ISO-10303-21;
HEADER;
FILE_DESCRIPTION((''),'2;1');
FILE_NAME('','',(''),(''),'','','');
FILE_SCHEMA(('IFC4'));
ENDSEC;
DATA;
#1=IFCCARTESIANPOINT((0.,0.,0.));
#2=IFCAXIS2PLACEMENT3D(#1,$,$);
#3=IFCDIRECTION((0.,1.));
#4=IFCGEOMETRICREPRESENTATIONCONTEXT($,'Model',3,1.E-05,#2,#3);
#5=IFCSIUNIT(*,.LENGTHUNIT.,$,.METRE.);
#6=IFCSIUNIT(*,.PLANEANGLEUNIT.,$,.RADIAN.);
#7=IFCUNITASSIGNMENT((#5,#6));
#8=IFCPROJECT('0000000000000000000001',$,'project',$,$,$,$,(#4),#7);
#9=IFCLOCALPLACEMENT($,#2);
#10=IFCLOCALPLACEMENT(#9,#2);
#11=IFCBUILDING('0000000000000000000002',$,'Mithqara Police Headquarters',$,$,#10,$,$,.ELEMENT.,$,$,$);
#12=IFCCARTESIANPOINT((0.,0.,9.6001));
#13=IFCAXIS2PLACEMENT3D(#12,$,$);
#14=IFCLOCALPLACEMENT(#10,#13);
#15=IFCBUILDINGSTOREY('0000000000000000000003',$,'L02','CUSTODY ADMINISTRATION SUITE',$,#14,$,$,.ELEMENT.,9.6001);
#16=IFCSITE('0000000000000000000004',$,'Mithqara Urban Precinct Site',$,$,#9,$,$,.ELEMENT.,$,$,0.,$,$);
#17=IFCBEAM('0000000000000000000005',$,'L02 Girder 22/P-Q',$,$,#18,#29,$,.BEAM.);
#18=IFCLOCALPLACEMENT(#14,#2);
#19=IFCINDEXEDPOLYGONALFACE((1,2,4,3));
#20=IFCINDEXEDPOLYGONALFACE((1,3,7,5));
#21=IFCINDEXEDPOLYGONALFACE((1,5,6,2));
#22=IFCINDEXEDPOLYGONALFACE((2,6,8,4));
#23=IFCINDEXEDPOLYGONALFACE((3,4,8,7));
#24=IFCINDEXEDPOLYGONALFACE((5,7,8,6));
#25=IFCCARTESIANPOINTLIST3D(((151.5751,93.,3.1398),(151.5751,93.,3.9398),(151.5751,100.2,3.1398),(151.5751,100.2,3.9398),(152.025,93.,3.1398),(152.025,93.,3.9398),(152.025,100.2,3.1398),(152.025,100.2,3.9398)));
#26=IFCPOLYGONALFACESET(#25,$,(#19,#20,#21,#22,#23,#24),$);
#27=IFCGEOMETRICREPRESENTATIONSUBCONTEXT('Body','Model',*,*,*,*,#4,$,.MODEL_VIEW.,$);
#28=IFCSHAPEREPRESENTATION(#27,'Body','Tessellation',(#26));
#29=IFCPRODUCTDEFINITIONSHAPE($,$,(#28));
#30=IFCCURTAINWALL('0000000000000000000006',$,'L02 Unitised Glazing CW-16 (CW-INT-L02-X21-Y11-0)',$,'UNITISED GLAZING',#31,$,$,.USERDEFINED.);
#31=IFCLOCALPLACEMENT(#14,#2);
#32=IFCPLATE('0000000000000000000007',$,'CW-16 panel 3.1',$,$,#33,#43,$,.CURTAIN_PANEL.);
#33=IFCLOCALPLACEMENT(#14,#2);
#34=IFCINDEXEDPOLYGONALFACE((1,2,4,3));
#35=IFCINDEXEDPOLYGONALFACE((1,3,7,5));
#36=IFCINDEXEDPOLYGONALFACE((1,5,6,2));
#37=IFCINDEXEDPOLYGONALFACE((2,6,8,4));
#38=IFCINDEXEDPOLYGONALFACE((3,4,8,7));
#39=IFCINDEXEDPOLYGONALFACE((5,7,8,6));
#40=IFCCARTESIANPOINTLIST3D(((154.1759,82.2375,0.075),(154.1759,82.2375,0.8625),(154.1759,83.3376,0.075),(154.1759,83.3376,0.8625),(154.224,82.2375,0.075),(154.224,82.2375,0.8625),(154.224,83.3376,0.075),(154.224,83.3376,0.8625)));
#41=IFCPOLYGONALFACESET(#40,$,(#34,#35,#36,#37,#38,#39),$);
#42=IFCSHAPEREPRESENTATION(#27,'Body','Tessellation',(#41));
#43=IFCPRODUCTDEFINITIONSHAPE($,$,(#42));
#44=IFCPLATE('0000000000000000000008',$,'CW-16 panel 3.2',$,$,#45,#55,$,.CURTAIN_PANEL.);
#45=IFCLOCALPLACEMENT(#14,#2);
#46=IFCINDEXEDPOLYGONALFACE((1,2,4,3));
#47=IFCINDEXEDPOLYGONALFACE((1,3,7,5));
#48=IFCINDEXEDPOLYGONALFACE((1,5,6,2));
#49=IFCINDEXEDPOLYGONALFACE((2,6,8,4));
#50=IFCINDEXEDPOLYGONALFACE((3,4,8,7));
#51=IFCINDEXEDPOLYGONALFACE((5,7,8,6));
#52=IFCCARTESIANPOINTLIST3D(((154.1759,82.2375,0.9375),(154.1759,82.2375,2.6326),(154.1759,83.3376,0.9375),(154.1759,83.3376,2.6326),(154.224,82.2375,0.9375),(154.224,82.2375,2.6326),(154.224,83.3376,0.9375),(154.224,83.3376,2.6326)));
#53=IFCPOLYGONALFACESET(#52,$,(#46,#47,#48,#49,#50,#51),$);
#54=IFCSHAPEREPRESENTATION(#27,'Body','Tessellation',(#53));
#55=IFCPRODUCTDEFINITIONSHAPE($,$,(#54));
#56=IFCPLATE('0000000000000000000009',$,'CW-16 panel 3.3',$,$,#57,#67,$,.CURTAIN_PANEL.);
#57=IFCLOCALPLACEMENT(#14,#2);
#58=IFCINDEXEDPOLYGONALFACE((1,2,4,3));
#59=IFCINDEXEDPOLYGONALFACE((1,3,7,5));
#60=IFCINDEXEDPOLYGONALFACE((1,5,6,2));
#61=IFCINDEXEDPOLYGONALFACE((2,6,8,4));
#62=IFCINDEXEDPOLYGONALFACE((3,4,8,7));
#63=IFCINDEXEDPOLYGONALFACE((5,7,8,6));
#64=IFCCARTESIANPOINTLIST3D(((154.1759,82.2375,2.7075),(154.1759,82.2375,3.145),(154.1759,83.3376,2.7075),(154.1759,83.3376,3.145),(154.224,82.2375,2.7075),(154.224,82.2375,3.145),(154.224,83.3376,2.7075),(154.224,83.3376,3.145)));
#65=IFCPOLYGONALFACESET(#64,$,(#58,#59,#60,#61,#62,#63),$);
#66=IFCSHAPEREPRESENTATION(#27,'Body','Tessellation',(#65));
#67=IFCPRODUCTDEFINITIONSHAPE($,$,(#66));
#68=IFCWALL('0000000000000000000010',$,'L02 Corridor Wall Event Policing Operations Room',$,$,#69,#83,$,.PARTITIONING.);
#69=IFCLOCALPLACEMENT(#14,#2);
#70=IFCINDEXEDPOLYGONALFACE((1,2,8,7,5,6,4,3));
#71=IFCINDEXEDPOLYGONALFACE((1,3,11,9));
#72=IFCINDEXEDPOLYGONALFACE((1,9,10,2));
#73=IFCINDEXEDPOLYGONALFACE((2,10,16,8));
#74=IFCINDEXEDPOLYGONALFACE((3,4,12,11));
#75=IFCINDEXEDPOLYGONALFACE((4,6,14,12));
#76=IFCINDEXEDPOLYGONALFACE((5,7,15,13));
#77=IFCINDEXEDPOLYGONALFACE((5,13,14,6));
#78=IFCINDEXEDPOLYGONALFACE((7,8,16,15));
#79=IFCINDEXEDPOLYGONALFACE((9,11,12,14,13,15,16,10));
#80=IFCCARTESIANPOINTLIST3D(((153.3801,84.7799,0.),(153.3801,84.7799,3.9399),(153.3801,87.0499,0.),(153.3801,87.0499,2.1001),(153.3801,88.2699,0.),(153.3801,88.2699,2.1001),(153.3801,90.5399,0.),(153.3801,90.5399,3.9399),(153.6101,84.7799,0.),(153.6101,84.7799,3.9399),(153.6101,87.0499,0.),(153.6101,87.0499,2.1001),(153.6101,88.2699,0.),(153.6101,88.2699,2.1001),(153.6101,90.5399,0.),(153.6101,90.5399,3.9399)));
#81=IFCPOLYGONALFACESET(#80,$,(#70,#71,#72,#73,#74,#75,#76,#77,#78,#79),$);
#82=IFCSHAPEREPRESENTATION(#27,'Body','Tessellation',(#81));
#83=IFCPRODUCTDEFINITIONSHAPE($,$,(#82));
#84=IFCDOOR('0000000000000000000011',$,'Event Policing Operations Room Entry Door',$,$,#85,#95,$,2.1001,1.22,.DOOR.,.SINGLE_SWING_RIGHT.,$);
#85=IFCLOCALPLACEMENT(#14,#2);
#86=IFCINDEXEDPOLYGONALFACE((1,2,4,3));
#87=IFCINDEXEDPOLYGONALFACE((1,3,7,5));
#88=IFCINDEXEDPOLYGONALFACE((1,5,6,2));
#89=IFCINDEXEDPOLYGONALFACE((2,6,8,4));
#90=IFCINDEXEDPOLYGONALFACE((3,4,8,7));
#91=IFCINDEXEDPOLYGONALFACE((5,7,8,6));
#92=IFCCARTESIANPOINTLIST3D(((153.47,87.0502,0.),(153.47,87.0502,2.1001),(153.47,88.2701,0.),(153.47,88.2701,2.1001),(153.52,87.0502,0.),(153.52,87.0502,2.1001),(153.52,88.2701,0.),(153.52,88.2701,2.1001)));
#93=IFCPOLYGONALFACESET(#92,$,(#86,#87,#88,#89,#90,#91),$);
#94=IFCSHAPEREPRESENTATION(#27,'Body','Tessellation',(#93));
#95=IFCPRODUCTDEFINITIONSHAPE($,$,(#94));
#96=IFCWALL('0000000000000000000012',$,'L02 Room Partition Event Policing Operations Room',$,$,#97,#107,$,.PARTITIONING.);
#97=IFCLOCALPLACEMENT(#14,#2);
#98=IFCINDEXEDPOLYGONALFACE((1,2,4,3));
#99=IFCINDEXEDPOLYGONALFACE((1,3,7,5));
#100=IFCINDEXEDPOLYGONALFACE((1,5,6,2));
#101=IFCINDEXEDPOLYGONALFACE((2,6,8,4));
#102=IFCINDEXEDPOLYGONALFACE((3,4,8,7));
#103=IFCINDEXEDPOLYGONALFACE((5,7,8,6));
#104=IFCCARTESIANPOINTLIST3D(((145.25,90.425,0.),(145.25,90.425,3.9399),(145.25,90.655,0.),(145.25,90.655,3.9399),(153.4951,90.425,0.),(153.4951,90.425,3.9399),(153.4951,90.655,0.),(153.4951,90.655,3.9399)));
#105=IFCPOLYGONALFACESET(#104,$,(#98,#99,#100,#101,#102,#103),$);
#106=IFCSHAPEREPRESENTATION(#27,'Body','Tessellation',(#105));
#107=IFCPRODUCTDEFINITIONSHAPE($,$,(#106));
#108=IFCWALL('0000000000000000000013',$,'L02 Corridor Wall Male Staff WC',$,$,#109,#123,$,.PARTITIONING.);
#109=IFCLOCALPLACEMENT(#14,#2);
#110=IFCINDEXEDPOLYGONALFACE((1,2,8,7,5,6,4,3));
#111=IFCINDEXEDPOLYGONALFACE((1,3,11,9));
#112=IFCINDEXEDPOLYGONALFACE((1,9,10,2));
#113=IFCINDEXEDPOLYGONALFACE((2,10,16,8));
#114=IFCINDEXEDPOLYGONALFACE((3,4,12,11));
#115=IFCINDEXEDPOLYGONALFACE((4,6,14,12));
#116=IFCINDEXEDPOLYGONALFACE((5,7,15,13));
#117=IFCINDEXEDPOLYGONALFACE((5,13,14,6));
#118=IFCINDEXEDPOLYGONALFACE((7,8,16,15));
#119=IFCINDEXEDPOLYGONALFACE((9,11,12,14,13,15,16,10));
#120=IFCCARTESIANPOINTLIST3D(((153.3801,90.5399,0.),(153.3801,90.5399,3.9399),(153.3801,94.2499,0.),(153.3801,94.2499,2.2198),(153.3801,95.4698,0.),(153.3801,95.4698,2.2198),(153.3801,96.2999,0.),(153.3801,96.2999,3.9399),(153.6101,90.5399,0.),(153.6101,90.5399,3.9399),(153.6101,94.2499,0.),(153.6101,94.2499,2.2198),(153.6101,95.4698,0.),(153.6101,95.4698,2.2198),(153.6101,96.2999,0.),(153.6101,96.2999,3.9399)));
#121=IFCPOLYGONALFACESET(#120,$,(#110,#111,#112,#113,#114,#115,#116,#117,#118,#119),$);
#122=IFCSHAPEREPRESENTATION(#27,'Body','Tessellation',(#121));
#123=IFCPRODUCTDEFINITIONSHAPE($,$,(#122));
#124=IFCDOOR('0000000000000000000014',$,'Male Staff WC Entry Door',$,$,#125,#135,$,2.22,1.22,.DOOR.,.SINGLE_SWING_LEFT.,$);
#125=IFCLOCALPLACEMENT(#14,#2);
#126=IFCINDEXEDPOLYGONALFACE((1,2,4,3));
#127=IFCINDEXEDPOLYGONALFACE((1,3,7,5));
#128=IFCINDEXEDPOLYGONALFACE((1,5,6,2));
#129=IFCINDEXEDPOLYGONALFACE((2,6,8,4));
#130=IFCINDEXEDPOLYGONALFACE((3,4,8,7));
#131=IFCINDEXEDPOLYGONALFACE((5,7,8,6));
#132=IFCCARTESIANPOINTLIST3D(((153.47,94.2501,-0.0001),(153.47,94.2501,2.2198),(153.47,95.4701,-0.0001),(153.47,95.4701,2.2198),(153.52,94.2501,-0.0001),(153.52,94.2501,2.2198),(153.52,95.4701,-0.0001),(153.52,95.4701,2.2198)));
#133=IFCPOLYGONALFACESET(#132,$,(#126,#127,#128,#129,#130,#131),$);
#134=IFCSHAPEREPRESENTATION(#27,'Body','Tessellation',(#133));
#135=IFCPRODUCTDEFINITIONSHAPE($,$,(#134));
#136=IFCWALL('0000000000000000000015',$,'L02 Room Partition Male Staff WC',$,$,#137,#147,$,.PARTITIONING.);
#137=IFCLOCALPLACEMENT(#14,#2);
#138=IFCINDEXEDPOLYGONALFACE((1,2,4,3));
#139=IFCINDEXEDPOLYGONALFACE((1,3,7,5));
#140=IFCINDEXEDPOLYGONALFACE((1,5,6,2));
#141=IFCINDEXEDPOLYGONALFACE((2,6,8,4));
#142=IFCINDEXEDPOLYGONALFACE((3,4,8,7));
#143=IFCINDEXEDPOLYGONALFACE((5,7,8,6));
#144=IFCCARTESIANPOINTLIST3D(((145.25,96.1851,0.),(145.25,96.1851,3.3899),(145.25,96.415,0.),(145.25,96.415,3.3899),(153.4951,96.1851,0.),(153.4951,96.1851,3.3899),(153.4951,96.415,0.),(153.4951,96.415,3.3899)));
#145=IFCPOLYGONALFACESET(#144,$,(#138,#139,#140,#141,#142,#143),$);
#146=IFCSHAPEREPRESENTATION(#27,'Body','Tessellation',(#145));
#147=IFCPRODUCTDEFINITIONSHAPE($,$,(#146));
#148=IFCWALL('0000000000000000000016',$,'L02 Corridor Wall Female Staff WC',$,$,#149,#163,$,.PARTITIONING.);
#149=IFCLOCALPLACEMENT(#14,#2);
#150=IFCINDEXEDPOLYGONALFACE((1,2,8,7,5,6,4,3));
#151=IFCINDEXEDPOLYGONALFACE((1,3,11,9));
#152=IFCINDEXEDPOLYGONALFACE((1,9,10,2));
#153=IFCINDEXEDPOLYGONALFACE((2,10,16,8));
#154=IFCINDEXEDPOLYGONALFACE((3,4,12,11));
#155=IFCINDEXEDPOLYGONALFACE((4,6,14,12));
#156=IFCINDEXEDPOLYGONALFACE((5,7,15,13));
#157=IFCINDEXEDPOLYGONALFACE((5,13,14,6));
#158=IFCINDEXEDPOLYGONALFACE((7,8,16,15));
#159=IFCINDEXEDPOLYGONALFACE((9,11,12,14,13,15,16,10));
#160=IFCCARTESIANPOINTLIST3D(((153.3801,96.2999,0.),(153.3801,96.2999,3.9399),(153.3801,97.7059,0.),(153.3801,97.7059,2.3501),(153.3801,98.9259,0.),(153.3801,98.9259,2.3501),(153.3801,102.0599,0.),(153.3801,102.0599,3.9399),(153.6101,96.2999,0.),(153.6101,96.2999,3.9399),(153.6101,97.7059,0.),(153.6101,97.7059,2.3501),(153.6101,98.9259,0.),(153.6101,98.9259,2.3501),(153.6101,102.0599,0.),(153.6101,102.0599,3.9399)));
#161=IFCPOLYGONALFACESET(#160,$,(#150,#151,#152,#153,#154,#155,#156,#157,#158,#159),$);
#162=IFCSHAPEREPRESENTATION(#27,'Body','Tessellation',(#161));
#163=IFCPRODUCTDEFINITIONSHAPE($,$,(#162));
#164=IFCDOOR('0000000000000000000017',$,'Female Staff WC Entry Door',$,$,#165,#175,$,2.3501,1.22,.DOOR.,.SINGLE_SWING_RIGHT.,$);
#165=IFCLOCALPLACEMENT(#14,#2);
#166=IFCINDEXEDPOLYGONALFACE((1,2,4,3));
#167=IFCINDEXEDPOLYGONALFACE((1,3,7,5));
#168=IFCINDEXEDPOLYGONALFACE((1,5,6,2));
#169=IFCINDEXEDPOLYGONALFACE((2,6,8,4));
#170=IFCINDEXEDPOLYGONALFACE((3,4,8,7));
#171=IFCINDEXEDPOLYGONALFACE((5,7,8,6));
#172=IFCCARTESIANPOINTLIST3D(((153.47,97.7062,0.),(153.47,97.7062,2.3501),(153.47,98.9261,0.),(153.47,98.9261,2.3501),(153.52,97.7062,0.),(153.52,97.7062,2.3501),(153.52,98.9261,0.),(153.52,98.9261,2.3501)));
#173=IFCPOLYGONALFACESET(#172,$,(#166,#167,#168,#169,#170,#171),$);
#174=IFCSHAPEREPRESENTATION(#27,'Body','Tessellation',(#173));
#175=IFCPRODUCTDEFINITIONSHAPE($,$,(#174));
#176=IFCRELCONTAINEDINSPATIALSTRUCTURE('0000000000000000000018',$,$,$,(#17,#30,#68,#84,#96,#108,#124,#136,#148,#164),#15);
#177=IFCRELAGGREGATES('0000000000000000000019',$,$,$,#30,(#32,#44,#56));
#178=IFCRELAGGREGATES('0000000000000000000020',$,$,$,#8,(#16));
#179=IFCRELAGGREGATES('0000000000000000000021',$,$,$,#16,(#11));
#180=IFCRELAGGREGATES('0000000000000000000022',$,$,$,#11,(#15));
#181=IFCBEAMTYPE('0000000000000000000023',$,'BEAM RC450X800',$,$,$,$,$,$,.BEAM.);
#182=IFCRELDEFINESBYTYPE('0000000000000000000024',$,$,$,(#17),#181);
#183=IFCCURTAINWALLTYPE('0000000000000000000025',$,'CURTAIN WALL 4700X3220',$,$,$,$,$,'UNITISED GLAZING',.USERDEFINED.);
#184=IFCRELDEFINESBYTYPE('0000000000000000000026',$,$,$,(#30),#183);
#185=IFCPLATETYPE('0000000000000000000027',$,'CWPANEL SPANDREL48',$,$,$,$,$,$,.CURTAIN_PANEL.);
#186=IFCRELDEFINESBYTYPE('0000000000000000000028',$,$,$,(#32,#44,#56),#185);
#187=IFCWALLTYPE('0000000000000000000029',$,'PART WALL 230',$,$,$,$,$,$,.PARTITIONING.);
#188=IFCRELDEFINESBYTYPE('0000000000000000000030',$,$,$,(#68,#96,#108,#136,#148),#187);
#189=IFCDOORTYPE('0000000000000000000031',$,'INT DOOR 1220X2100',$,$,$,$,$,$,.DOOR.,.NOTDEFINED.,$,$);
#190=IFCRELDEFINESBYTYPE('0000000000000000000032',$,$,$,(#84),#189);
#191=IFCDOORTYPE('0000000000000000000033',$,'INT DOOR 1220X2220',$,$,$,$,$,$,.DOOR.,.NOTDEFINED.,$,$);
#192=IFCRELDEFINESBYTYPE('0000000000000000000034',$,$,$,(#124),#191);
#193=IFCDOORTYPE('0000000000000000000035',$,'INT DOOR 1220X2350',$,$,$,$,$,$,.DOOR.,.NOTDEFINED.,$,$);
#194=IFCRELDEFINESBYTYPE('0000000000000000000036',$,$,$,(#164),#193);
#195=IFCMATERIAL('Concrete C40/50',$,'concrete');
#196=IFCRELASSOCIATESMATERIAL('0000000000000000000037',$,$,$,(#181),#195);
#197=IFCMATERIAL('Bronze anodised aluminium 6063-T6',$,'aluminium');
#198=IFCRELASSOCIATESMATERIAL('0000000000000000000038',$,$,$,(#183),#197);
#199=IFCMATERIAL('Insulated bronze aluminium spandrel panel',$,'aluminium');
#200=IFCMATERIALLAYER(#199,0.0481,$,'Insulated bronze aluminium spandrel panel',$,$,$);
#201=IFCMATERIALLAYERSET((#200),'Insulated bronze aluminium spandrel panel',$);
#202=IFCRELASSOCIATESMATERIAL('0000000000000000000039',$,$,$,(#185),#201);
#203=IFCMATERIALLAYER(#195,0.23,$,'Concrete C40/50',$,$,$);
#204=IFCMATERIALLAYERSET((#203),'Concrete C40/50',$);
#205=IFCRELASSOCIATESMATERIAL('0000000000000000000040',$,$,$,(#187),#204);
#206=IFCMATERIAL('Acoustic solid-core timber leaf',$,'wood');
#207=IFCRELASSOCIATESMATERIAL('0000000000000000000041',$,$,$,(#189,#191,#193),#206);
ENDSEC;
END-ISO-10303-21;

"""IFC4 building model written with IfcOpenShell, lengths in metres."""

from ifc_helpers import new_model, si_unit, direction, frame, frame_2d, origin, origin_2d, place, context, subcontext, project, spatial, rectangle, extrude, material, layer, layer_set, material_profile, profile_set, type_object, element, fill, aggregate, save


model = new_model("IFC4")

# Units and contexts
model_context = context("Model", 3, precision=1e-05, world=origin(), true_north=direction((0.0, 1.0)))
body_context = subcontext(model_context, "Body", "Model", "MODEL_VIEW")
ifc_project = project(units=[si_unit("LENGTHUNIT", "METRE"), si_unit("PLANEANGLEUNIT", "RADIAN")], contexts=[model_context])

# Site, building, storey
site_placement = place(None, origin())
site = spatial("IfcSite", under=ifc_project, at=site_placement, Name="Mithqara Urban Precinct Site", CompositionType="ELEMENT", RefElevation=0.0)
building_placement = place(site_placement, origin())
building = spatial("IfcBuilding", under=site, at=building_placement, Name="Mithqara Police Headquarters", CompositionType="ELEMENT")
storey_placement = place(building_placement, frame((0.0, 0.0, 9.6001)))
storey = spatial("IfcBuildingStorey", under=building, at=storey_placement, Name="L02", Description="CUSTODY ADMINISTRATION SUITE", CompositionType="ELEMENT", Elevation=9.6001)

# Beam
ifc_material_1 = material(Name="Concrete C40/50", Category="concrete")
ifc_material_profile_1 = material_profile(ifc_material_1, rectangle(XDim=0.45, YDim=0.8, at=origin_2d()), Name="RC 450x800")
ifc_profile_set_1 = profile_set([ifc_material_profile_1], Name="Concrete C40/50")
beam_type_1 = type_object("IfcBeamType", Name="BEAM RC450X800", PredefinedType="BEAM", material=ifc_profile_set_1)
beam_1_placement = place(storey_placement, frame((151.8, 93.0, 3.5398), z_axis=(0.0, 1.0, 0.0), x_axis=(-1.0, 0.0, 0.0)))
element("IfcBeam", 1, at=beam_1_placement, inside=storey, type_object=beam_type_1, Name="L02 Girder 22/P-Q", PredefinedType="BEAM", context=body_context, shape_type="SweptSolid", body=[
    extrude(rectangle(XDim=0.45, YDim=0.8, at=origin_2d()), origin(), (0.0, 0.0, 1.0), 7.2),
])

# Curtain wall, plates
ifc_material_2 = material(Name="Bronze anodised aluminium 6063-T6", Category="aluminium")
curtain_wall_type = type_object("IfcCurtainWallType", Name="CURTAIN WALL 4700X3220", ElementType="UNITISED GLAZING", PredefinedType="USERDEFINED", material=ifc_material_2)
curtain_wall_placement = place(storey_placement, origin())
curtain_wall = element("IfcCurtainWall", 2, at=curtain_wall_placement, inside=storey, type_object=curtain_wall_type, Name="L02 Unitised Glazing CW-16 (CW-INT-L02-X21-Y11-0)", ObjectType="UNITISED GLAZING", PredefinedType="USERDEFINED")
ifc_material_3 = material(Name="Insulated bronze aluminium spandrel panel", Category="aluminium")
ifc_layer_1 = layer(ifc_material_3, 0.0481, Name="Insulated bronze aluminium spandrel panel")
ifc_layer_set_1 = layer_set([ifc_layer_1], Name="Insulated bronze aluminium spandrel panel")
plate_type = type_object("IfcPlateType", Name="CWPANEL SPANDREL48", PredefinedType="CURTAIN_PANEL", material=ifc_layer_set_1)
plate_1_placement = place(storey_placement, frame((154.2, 82.7876, 0.075), z_axis=(0.0, 0.0, 1.0), x_axis=(0.0, 1.0, 0.0)))
plate_1 = element("IfcPlate", 3, at=plate_1_placement, type_object=plate_type, Name="CW-16 panel 3.1", PredefinedType="CURTAIN_PANEL", context=body_context, shape_type="SweptSolid", body=[
    extrude(rectangle(XDim=1.1001, YDim=0.0481, at=origin_2d()), origin(), (0.0, 0.0, 1.0), 0.7876),
])
plate_2_placement = place(storey_placement, frame((154.2, 82.7876, 0.9375), z_axis=(0.0, 0.0, 1.0), x_axis=(0.0, 1.0, 0.0)))
plate_2 = element("IfcPlate", 4, at=plate_2_placement, type_object=plate_type, Name="CW-16 panel 3.2", PredefinedType="CURTAIN_PANEL", context=body_context, shape_type="SweptSolid", body=[
    extrude(rectangle(XDim=1.1001, YDim=0.0481, at=origin_2d()), origin(), (0.0, 0.0, 1.0), 1.6951),
])
plate_3_placement = place(storey_placement, frame((154.2, 82.7876, 2.7075), z_axis=(0.0, 0.0, 1.0), x_axis=(0.0, 1.0, 0.0)))
plate_3 = element("IfcPlate", 5, at=plate_3_placement, type_object=plate_type, Name="CW-16 panel 3.3", PredefinedType="CURTAIN_PANEL", context=body_context, shape_type="SweptSolid", body=[
    extrude(rectangle(XDim=1.1001, YDim=0.0481, at=origin_2d()), origin(), (0.0, 0.0, 1.0), 0.4375),
])
aggregate(curtain_wall, [plate_1, plate_2, plate_3])

# Wall, opening, door
ifc_layer_2 = layer(ifc_material_1, 0.23, Name="Concrete C40/50")
ifc_layer_set_2 = layer_set([ifc_layer_2], Name="Concrete C40/50")
wall_type = type_object("IfcWallType", Name="PART WALL 230", PredefinedType="PARTITIONING", material=ifc_layer_set_2)
wall_1_placement = place(storey_placement, frame((153.4951, 84.78, 0.0), z_axis=(0.0, 0.0, 1.0), x_axis=(0.0, 1.0, 0.0)))
wall_1 = element("IfcWall", 6, at=wall_1_placement, inside=storey, type_object=wall_type, Name="L02 Corridor Wall Event Policing Operations Room", PredefinedType="PARTITIONING", context=body_context, shape_type="SweptSolid", body=[
    extrude(rectangle(XDim=5.76, YDim=0.23, at=frame_2d((2.8799, 0.0))), origin(), (0.0, 0.0, 1.0), 3.9399),
])
opening_1_placement = place(wall_1_placement, frame((2.27, 0.0, 0.0)))
opening_1 = element("IfcOpeningElement", 7, at=opening_1_placement, cuts=wall_1, PredefinedType="OPENING", context=body_context, shape_type="SweptSolid", body=[
    extrude(rectangle(XDim=1.22, YDim=2.1001, at=frame_2d((0.6099, 1.05))), frame((0.0, 0.125, 0.0), z_axis=(0.0, -1.0, 0.0), x_axis=(1.0, 0.0, 0.0)), (0.0, 0.0, 1.0), 0.25),
])
ifc_material_4 = material(Name="Acoustic solid-core timber leaf", Category="wood")
door_type_1 = type_object("IfcDoorType", Name="INT DOOR 1220X2100", OperationType="NOTDEFINED", PredefinedType="DOOR", material=ifc_material_4)
door_1_placement = place(opening_1_placement, frame((1.22, 0.0, 0.0), z_axis=(0.0, 0.0, 1.0), x_axis=(-1.0, 0.0, 0.0)))
door_1 = element("IfcDoor", 8, at=door_1_placement, inside=storey, type_object=door_type_1, Name="Event Policing Operations Room Entry Door", OperationType="SINGLE_SWING_RIGHT", OverallHeight=2.1001, OverallWidth=1.22, PredefinedType="DOOR", context=body_context, shape_type="SweptSolid", body=[
    extrude(rectangle(XDim=1.22, YDim=2.1001, at=frame_2d((0.6099, 1.05))), frame((0.0, 0.0249, 0.0), z_axis=(0.0, -1.0, 0.0), x_axis=(1.0, 0.0, 0.0)), (0.0, 0.0, 1.0), 0.05),
])
fill(opening_1, door_1)

# Wall
wall_2_placement = place(storey_placement, frame((145.25, 90.54, 0.0), z_axis=(0.0, 0.0, 1.0), x_axis=(1.0, 0.0, 0.0)))
element("IfcWall", 9, at=wall_2_placement, inside=storey, type_object=wall_type, Name="L02 Room Partition Event Policing Operations Room", PredefinedType="PARTITIONING", context=body_context, shape_type="SweptSolid", body=[
    extrude(rectangle(XDim=8.2451, YDim=0.23, at=frame_2d((4.1226, 0.0))), origin(), (0.0, 0.0, 1.0), 3.9399),
])

# Wall, opening, door
wall_3_placement = place(storey_placement, frame((153.4951, 90.54, 0.0), z_axis=(0.0, 0.0, 1.0), x_axis=(0.0, 1.0, 0.0)))
wall_3 = element("IfcWall", 10, at=wall_3_placement, inside=storey, type_object=wall_type, Name="L02 Corridor Wall Male Staff WC", PredefinedType="PARTITIONING", context=body_context, shape_type="SweptSolid", body=[
    extrude(rectangle(XDim=5.76, YDim=0.23, at=frame_2d((2.8799, 0.0))), origin(), (0.0, 0.0, 1.0), 3.9399),
])
opening_2_placement = place(wall_3_placement, frame((3.71, 0.0, 0.0)))
opening_2 = element("IfcOpeningElement", 11, at=opening_2_placement, cuts=wall_3, PredefinedType="OPENING", context=body_context, shape_type="SweptSolid", body=[
    extrude(rectangle(XDim=1.22, YDim=2.22, at=frame_2d((0.6099, 1.1099))), frame((0.0, 0.125, 0.0), z_axis=(0.0, -1.0, 0.0), x_axis=(1.0, 0.0, 0.0)), (0.0, 0.0, 1.0), 0.25),
])
door_type_2 = type_object("IfcDoorType", Name="INT DOOR 1220X2220", OperationType="NOTDEFINED", PredefinedType="DOOR", material=ifc_material_4)
door_2_placement = place(opening_2_placement, frame((1.22, 0.0, 0.0), z_axis=(0.0, 0.0, 1.0), x_axis=(-1.0, 0.0, 0.0)))
door_2 = element("IfcDoor", 12, at=door_2_placement, inside=storey, type_object=door_type_2, Name="Male Staff WC Entry Door", OperationType="SINGLE_SWING_LEFT", OverallHeight=2.22, OverallWidth=1.22, PredefinedType="DOOR", context=body_context, shape_type="SweptSolid", body=[
    extrude(rectangle(XDim=1.22, YDim=2.22, at=frame_2d((0.6099, 1.1099))), frame((0.0, 0.0249, 0.0), z_axis=(0.0, -1.0, 0.0), x_axis=(1.0, 0.0, 0.0)), (0.0, 0.0, 1.0), 0.05),
])
fill(opening_2, door_2)

# Wall
wall_4_placement = place(storey_placement, frame((145.25, 96.3, 0.0), z_axis=(0.0, 0.0, 1.0), x_axis=(1.0, 0.0, 0.0)))
element("IfcWall", 13, at=wall_4_placement, inside=storey, type_object=wall_type, Name="L02 Room Partition Male Staff WC", PredefinedType="PARTITIONING", context=body_context, shape_type="SweptSolid", body=[
    extrude(rectangle(XDim=8.2451, YDim=0.23, at=frame_2d((4.1226, 0.0))), origin(), (0.0, 0.0, 1.0), 3.3899),
])

# Wall, opening, door
wall_5_placement = place(storey_placement, frame((153.4951, 96.3, 0.0), z_axis=(0.0, 0.0, 1.0), x_axis=(0.0, 1.0, 0.0)))
wall_5 = element("IfcWall", 14, at=wall_5_placement, inside=storey, type_object=wall_type, Name="L02 Corridor Wall Female Staff WC", PredefinedType="PARTITIONING", context=body_context, shape_type="SweptSolid", body=[
    extrude(rectangle(XDim=5.76, YDim=0.23, at=frame_2d((2.8799, 0.0))), origin(), (0.0, 0.0, 1.0), 3.9399),
])
opening_3_placement = place(wall_5_placement, frame((1.406, 0.0, 0.0)))
opening_3 = element("IfcOpeningElement", 15, at=opening_3_placement, cuts=wall_5, PredefinedType="OPENING", context=body_context, shape_type="SweptSolid", body=[
    extrude(rectangle(XDim=1.22, YDim=2.3501, at=frame_2d((0.6099, 1.175))), frame((0.0, 0.125, 0.0), z_axis=(0.0, -1.0, 0.0), x_axis=(1.0, 0.0, 0.0)), (0.0, 0.0, 1.0), 0.25),
])
door_type_3 = type_object("IfcDoorType", Name="INT DOOR 1220X2350", OperationType="NOTDEFINED", PredefinedType="DOOR", material=ifc_material_4)
door_3_placement = place(opening_3_placement, frame((1.22, 0.0, 0.0), z_axis=(0.0, 0.0, 1.0), x_axis=(-1.0, 0.0, 0.0)))
door_3 = element("IfcDoor", 16, at=door_3_placement, inside=storey, type_object=door_type_3, Name="Female Staff WC Entry Door", OperationType="SINGLE_SWING_RIGHT", OverallHeight=2.3501, OverallWidth=1.22, PredefinedType="DOOR", context=body_context, shape_type="SweptSolid", body=[
    extrude(rectangle(XDim=1.22, YDim=2.3501, at=frame_2d((0.6099, 1.175))), frame((0.0, 0.0249, 0.0), z_axis=(0.0, -1.0, 0.0), x_axis=(1.0, 0.0, 0.0)), (0.0, 0.0, 1.0), 0.05),
])
fill(opening_3, door_3)

save(model, "model.ifc")
